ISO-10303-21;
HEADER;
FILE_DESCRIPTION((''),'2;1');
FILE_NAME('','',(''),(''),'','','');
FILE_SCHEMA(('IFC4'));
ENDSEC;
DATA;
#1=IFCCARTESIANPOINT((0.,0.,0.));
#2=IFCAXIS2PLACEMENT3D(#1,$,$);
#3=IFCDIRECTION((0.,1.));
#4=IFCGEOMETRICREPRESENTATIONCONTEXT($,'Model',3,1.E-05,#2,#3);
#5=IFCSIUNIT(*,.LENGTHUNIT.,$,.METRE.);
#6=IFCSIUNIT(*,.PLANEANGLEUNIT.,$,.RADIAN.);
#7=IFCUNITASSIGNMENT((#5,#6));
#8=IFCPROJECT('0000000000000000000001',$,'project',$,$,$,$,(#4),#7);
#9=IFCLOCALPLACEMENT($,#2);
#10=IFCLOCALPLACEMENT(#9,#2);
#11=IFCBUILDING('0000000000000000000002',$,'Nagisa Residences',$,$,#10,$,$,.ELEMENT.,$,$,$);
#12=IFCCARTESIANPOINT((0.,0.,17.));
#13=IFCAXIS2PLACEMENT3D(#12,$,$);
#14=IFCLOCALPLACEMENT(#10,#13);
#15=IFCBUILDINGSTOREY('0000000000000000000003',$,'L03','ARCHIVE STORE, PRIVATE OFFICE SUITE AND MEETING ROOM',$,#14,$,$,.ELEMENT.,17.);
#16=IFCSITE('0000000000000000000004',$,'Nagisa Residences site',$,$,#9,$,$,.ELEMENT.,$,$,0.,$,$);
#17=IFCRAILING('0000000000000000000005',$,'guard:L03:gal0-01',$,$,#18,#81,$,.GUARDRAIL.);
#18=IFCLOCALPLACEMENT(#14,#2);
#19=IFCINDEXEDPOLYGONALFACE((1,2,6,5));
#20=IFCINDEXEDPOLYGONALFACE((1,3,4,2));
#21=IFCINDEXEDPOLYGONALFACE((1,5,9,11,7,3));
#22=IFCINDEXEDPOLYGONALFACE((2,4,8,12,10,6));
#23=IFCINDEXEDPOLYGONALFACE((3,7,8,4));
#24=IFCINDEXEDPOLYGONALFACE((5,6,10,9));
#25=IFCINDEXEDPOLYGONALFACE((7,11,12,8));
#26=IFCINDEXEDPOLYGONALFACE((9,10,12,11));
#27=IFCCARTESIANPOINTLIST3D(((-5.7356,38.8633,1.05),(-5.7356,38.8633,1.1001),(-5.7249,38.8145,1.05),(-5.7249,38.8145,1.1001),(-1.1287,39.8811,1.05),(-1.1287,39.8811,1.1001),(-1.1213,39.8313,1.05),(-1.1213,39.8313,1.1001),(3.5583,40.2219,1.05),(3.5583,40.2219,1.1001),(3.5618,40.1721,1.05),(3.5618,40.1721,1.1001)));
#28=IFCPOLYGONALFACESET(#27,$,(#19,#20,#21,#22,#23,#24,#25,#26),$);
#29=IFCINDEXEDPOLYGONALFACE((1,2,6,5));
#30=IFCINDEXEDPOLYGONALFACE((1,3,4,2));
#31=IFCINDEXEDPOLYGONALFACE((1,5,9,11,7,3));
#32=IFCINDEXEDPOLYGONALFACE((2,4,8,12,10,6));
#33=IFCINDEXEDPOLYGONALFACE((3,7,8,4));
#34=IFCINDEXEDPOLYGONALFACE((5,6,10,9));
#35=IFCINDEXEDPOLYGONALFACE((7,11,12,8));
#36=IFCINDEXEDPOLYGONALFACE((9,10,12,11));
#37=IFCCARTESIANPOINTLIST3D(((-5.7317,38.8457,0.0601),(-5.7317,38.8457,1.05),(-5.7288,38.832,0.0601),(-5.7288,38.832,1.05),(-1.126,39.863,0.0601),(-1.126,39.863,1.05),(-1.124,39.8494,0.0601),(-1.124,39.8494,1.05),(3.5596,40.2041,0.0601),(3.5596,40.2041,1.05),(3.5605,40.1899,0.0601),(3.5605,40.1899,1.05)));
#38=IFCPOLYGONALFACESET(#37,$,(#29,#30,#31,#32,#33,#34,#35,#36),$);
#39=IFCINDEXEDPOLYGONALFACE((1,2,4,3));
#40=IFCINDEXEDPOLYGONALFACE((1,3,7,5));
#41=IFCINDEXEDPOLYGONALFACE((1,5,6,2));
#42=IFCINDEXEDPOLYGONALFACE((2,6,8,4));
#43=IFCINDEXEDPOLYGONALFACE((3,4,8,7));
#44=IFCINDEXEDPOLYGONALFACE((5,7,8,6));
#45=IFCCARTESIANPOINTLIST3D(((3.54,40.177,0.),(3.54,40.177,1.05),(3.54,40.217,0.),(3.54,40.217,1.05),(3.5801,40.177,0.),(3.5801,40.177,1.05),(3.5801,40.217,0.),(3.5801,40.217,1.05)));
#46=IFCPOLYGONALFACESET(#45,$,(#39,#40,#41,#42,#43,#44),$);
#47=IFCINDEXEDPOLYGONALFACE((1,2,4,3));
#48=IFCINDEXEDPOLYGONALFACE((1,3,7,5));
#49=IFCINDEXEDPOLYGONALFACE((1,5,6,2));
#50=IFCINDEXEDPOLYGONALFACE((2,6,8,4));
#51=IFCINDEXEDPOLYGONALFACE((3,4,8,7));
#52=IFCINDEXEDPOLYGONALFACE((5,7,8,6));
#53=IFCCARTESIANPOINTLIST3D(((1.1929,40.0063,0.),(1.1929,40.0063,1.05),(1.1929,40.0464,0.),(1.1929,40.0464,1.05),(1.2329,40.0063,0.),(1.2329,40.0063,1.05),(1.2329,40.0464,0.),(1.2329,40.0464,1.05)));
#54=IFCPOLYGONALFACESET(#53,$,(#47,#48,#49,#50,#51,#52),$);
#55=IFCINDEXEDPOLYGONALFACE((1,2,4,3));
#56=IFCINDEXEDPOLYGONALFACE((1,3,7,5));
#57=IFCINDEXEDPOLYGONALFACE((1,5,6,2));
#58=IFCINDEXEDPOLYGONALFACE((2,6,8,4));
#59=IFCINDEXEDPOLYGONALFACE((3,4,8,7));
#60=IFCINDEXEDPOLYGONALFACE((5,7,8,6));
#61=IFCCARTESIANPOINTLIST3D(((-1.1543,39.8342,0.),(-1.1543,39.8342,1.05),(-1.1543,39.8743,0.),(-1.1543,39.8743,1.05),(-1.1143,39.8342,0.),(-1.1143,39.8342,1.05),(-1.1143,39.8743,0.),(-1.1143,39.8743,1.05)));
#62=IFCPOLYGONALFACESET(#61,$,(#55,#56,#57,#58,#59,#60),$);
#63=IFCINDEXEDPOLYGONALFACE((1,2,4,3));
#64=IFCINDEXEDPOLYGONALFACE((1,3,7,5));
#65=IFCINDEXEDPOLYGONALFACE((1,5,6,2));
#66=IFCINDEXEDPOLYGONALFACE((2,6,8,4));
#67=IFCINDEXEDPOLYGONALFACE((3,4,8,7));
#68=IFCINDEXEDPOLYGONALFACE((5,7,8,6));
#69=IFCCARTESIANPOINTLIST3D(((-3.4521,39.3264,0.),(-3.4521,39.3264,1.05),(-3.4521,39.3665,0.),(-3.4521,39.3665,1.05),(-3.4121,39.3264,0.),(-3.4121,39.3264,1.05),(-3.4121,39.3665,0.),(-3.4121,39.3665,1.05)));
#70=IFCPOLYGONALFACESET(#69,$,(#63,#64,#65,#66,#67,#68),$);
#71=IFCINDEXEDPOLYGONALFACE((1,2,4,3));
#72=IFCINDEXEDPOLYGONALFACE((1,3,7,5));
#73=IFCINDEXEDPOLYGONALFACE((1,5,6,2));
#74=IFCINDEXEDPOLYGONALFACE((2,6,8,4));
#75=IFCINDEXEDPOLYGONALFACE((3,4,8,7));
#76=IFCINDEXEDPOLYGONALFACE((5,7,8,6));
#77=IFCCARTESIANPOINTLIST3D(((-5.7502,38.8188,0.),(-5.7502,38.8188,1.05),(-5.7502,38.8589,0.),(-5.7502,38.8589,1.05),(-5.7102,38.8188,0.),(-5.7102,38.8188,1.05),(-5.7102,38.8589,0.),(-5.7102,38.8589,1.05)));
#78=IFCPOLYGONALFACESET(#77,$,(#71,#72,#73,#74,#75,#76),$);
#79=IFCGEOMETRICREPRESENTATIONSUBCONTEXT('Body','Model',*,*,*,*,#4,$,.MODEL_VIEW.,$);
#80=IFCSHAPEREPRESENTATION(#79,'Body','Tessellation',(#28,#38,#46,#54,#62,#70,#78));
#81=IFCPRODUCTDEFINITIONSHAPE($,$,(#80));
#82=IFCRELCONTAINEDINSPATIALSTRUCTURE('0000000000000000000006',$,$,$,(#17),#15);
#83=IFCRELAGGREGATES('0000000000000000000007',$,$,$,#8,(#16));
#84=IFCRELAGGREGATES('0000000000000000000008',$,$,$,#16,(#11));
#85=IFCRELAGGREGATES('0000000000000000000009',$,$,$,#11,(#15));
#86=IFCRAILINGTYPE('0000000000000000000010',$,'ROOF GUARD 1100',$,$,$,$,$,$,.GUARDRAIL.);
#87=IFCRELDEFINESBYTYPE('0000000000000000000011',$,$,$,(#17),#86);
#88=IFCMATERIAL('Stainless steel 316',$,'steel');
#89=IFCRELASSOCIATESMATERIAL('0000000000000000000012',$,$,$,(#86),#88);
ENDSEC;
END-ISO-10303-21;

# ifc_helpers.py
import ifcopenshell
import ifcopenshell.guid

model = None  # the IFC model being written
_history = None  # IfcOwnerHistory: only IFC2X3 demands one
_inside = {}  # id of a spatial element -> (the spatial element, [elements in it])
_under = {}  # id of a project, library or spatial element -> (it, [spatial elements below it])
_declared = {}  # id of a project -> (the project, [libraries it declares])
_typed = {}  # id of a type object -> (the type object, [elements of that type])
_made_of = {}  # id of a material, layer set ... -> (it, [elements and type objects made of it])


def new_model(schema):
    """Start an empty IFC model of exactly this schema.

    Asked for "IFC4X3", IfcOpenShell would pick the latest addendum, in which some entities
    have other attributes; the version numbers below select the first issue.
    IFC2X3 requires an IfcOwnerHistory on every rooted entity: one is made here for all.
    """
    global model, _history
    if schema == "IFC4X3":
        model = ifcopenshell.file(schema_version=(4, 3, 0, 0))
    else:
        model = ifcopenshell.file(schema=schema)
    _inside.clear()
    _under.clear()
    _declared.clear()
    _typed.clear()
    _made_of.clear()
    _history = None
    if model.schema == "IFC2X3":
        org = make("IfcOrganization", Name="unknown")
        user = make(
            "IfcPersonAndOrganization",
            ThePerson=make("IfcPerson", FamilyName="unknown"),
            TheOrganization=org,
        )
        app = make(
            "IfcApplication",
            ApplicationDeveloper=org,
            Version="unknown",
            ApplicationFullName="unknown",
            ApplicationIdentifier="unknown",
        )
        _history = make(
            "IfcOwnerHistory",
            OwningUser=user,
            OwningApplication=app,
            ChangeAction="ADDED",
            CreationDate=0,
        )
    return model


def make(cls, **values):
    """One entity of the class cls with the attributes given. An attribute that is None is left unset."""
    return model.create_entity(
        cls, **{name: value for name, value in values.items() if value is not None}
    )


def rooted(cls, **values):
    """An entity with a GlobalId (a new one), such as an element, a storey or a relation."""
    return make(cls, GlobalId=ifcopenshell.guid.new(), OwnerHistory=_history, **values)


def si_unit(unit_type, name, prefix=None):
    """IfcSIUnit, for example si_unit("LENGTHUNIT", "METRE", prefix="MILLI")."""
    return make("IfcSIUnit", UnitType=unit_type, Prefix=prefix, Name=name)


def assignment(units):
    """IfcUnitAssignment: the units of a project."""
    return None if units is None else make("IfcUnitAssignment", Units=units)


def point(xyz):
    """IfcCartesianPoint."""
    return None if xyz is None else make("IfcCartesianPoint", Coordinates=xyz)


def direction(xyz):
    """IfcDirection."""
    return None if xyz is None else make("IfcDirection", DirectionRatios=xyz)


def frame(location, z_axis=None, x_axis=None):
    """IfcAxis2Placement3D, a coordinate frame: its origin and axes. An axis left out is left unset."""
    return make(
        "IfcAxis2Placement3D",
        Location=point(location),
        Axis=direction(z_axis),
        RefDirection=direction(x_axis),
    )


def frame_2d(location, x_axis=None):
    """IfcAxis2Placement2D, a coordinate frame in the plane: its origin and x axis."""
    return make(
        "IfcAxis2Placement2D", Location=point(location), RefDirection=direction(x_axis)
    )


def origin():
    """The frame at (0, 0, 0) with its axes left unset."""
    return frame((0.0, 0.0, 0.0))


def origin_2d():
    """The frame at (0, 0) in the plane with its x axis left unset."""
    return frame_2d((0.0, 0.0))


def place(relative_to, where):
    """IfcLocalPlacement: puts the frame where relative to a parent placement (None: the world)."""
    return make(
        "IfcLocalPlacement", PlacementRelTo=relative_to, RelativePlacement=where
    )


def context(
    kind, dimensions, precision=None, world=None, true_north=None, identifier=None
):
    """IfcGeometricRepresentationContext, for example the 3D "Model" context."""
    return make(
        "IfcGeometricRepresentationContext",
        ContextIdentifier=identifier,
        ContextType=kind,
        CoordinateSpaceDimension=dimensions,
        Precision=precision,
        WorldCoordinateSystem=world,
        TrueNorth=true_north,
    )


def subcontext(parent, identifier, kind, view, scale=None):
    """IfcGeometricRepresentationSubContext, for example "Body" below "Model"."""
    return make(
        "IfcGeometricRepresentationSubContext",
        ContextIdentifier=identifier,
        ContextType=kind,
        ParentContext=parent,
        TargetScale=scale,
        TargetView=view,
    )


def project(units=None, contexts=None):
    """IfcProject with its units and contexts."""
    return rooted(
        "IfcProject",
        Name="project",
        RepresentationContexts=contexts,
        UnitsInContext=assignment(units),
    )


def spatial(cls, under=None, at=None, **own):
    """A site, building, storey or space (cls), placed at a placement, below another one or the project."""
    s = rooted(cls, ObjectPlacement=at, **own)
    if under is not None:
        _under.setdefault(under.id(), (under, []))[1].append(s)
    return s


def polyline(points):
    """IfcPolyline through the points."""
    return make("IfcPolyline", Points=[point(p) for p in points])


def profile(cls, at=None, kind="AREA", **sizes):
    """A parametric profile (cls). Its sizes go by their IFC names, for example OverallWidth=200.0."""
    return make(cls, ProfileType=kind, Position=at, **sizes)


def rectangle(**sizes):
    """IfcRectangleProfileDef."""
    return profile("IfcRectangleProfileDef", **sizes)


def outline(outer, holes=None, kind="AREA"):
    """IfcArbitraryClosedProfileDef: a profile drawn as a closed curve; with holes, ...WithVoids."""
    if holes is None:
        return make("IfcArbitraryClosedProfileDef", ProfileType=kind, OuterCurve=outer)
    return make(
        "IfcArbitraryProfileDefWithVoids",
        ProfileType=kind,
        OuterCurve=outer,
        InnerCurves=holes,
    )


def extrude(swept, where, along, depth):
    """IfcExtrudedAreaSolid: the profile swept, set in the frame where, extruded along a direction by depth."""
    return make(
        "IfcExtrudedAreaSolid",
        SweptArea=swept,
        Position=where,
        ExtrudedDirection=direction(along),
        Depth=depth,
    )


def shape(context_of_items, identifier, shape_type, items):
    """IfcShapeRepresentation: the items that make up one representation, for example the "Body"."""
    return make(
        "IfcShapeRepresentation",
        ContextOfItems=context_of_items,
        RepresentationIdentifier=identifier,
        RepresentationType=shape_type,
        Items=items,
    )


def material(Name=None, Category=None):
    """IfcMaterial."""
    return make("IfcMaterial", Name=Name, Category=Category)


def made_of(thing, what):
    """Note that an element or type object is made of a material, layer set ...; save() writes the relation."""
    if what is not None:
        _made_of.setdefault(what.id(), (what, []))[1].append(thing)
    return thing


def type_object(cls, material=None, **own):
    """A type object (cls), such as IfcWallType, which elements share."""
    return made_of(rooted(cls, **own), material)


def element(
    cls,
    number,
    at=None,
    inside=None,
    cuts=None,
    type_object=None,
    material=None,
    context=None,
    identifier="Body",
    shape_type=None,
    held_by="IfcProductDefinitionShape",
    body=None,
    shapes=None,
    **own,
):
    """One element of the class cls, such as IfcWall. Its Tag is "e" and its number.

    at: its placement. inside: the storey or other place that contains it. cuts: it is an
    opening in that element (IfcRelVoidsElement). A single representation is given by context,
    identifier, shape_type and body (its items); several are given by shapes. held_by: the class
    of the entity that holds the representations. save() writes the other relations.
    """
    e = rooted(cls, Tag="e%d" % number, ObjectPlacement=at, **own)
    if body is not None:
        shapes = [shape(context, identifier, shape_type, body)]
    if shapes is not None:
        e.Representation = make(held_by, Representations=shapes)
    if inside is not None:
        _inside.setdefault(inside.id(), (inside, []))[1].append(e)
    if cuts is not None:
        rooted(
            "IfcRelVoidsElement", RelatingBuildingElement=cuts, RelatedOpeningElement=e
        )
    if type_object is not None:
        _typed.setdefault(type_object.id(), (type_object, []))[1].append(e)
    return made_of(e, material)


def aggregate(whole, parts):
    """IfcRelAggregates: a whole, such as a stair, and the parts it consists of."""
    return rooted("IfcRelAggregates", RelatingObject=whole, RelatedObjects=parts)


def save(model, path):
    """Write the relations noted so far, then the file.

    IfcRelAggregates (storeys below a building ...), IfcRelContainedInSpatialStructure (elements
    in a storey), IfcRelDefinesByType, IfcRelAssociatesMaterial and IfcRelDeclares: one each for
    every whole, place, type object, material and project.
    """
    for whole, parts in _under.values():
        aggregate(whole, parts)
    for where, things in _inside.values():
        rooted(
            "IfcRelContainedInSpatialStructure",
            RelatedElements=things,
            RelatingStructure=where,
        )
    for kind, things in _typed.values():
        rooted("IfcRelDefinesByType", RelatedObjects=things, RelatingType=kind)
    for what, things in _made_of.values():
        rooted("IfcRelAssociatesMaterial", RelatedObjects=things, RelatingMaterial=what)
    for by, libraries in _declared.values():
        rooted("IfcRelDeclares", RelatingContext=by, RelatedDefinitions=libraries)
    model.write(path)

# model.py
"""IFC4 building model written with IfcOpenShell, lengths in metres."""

from ifc_helpers import new_model, si_unit, direction, frame, origin, origin_2d, place, context, subcontext, project, spatial, polyline, rectangle, outline, extrude, material, type_object, element, save


model = new_model("IFC4")

# Units and contexts
model_context = context("Model", 3, precision=1e-05, world=origin(), true_north=direction((0.0, 1.0)))
body_context = subcontext(model_context, "Body", "Model", "MODEL_VIEW")
ifc_project = project(units=[si_unit("LENGTHUNIT", "METRE"), si_unit("PLANEANGLEUNIT", "RADIAN")], contexts=[model_context])

# Site, building, storey
site_placement = place(None, origin())
site = spatial("IfcSite", under=ifc_project, at=site_placement, Name="Nagisa Residences site", CompositionType="ELEMENT", RefElevation=0.0)
building_placement = place(site_placement, origin())
building = spatial("IfcBuilding", under=site, at=building_placement, Name="Nagisa Residences", CompositionType="ELEMENT")
storey_placement = place(building_placement, frame((0.0, 0.0, 17.0)))
storey = spatial("IfcBuildingStorey", under=building, at=storey_placement, Name="L03", Description="ARCHIVE STORE, PRIVATE OFFICE SUITE AND MEETING ROOM", CompositionType="ELEMENT", Elevation=17.0)

# Railing
ifc_material_1 = material(Name="Stainless steel 316", Category="steel")
railing_type = type_object("IfcRailingType", Name="ROOF GUARD 1100", PredefinedType="GUARDRAIL", material=ifc_material_1)
railing_1_placement = place(storey_placement, frame((3.5601, 40.197, 0.0)))
element("IfcRailing", 1, at=railing_1_placement, inside=storey, type_object=railing_type, Name="guard:L03:gal0-01", PredefinedType="GUARDRAIL", context=body_context, shape_type="SweptSolid", body=[
    extrude(outline(polyline([(-4.6814, -0.3657), (0.0017, -0.0249), (-0.0017, 0.0249), (-4.6887, -0.3159), (-9.2957, -1.3337), (-9.2849, -1.3826), (-4.6814, -0.3657)])), frame((0.0, 0.0, 1.05)), (0.0, 0.0, 1.0), 0.05),
    extrude(outline(polyline([(-4.6841, -0.3477), (0.0005, -0.0071), (-0.0005, 0.0071), (-4.686, -0.334), (-9.2917, -1.3513), (-9.2888, -1.365), (-4.6841, -0.3477)])), frame((0.0, 0.0, 0.0601)), (0.0, 0.0, 1.0), 0.99),
    extrude(rectangle(XDim=0.04, YDim=0.04, at=origin_2d()), origin(), (0.0, 0.0, 1.0), 1.05),
    extrude(rectangle(XDim=0.04, YDim=0.04, at=origin_2d()), frame((-2.3472, -0.1707, 0.0)), (0.0, 0.0, 1.0), 1.05),
    extrude(rectangle(XDim=0.04, YDim=0.04, at=origin_2d()), frame((-4.6943, -0.3428, 0.0)), (0.0, 0.0, 1.0), 1.05),
    extrude(rectangle(XDim=0.04, YDim=0.04, at=origin_2d()), frame((-6.9922, -0.8506, 0.0)), (0.0, 0.0, 1.0), 1.05),
    extrude(rectangle(XDim=0.04, YDim=0.04, at=origin_2d()), frame((-9.2903, -1.3582, 0.0)), (0.0, 0.0, 1.0), 1.05),
])

save(model, "model.ifc")
